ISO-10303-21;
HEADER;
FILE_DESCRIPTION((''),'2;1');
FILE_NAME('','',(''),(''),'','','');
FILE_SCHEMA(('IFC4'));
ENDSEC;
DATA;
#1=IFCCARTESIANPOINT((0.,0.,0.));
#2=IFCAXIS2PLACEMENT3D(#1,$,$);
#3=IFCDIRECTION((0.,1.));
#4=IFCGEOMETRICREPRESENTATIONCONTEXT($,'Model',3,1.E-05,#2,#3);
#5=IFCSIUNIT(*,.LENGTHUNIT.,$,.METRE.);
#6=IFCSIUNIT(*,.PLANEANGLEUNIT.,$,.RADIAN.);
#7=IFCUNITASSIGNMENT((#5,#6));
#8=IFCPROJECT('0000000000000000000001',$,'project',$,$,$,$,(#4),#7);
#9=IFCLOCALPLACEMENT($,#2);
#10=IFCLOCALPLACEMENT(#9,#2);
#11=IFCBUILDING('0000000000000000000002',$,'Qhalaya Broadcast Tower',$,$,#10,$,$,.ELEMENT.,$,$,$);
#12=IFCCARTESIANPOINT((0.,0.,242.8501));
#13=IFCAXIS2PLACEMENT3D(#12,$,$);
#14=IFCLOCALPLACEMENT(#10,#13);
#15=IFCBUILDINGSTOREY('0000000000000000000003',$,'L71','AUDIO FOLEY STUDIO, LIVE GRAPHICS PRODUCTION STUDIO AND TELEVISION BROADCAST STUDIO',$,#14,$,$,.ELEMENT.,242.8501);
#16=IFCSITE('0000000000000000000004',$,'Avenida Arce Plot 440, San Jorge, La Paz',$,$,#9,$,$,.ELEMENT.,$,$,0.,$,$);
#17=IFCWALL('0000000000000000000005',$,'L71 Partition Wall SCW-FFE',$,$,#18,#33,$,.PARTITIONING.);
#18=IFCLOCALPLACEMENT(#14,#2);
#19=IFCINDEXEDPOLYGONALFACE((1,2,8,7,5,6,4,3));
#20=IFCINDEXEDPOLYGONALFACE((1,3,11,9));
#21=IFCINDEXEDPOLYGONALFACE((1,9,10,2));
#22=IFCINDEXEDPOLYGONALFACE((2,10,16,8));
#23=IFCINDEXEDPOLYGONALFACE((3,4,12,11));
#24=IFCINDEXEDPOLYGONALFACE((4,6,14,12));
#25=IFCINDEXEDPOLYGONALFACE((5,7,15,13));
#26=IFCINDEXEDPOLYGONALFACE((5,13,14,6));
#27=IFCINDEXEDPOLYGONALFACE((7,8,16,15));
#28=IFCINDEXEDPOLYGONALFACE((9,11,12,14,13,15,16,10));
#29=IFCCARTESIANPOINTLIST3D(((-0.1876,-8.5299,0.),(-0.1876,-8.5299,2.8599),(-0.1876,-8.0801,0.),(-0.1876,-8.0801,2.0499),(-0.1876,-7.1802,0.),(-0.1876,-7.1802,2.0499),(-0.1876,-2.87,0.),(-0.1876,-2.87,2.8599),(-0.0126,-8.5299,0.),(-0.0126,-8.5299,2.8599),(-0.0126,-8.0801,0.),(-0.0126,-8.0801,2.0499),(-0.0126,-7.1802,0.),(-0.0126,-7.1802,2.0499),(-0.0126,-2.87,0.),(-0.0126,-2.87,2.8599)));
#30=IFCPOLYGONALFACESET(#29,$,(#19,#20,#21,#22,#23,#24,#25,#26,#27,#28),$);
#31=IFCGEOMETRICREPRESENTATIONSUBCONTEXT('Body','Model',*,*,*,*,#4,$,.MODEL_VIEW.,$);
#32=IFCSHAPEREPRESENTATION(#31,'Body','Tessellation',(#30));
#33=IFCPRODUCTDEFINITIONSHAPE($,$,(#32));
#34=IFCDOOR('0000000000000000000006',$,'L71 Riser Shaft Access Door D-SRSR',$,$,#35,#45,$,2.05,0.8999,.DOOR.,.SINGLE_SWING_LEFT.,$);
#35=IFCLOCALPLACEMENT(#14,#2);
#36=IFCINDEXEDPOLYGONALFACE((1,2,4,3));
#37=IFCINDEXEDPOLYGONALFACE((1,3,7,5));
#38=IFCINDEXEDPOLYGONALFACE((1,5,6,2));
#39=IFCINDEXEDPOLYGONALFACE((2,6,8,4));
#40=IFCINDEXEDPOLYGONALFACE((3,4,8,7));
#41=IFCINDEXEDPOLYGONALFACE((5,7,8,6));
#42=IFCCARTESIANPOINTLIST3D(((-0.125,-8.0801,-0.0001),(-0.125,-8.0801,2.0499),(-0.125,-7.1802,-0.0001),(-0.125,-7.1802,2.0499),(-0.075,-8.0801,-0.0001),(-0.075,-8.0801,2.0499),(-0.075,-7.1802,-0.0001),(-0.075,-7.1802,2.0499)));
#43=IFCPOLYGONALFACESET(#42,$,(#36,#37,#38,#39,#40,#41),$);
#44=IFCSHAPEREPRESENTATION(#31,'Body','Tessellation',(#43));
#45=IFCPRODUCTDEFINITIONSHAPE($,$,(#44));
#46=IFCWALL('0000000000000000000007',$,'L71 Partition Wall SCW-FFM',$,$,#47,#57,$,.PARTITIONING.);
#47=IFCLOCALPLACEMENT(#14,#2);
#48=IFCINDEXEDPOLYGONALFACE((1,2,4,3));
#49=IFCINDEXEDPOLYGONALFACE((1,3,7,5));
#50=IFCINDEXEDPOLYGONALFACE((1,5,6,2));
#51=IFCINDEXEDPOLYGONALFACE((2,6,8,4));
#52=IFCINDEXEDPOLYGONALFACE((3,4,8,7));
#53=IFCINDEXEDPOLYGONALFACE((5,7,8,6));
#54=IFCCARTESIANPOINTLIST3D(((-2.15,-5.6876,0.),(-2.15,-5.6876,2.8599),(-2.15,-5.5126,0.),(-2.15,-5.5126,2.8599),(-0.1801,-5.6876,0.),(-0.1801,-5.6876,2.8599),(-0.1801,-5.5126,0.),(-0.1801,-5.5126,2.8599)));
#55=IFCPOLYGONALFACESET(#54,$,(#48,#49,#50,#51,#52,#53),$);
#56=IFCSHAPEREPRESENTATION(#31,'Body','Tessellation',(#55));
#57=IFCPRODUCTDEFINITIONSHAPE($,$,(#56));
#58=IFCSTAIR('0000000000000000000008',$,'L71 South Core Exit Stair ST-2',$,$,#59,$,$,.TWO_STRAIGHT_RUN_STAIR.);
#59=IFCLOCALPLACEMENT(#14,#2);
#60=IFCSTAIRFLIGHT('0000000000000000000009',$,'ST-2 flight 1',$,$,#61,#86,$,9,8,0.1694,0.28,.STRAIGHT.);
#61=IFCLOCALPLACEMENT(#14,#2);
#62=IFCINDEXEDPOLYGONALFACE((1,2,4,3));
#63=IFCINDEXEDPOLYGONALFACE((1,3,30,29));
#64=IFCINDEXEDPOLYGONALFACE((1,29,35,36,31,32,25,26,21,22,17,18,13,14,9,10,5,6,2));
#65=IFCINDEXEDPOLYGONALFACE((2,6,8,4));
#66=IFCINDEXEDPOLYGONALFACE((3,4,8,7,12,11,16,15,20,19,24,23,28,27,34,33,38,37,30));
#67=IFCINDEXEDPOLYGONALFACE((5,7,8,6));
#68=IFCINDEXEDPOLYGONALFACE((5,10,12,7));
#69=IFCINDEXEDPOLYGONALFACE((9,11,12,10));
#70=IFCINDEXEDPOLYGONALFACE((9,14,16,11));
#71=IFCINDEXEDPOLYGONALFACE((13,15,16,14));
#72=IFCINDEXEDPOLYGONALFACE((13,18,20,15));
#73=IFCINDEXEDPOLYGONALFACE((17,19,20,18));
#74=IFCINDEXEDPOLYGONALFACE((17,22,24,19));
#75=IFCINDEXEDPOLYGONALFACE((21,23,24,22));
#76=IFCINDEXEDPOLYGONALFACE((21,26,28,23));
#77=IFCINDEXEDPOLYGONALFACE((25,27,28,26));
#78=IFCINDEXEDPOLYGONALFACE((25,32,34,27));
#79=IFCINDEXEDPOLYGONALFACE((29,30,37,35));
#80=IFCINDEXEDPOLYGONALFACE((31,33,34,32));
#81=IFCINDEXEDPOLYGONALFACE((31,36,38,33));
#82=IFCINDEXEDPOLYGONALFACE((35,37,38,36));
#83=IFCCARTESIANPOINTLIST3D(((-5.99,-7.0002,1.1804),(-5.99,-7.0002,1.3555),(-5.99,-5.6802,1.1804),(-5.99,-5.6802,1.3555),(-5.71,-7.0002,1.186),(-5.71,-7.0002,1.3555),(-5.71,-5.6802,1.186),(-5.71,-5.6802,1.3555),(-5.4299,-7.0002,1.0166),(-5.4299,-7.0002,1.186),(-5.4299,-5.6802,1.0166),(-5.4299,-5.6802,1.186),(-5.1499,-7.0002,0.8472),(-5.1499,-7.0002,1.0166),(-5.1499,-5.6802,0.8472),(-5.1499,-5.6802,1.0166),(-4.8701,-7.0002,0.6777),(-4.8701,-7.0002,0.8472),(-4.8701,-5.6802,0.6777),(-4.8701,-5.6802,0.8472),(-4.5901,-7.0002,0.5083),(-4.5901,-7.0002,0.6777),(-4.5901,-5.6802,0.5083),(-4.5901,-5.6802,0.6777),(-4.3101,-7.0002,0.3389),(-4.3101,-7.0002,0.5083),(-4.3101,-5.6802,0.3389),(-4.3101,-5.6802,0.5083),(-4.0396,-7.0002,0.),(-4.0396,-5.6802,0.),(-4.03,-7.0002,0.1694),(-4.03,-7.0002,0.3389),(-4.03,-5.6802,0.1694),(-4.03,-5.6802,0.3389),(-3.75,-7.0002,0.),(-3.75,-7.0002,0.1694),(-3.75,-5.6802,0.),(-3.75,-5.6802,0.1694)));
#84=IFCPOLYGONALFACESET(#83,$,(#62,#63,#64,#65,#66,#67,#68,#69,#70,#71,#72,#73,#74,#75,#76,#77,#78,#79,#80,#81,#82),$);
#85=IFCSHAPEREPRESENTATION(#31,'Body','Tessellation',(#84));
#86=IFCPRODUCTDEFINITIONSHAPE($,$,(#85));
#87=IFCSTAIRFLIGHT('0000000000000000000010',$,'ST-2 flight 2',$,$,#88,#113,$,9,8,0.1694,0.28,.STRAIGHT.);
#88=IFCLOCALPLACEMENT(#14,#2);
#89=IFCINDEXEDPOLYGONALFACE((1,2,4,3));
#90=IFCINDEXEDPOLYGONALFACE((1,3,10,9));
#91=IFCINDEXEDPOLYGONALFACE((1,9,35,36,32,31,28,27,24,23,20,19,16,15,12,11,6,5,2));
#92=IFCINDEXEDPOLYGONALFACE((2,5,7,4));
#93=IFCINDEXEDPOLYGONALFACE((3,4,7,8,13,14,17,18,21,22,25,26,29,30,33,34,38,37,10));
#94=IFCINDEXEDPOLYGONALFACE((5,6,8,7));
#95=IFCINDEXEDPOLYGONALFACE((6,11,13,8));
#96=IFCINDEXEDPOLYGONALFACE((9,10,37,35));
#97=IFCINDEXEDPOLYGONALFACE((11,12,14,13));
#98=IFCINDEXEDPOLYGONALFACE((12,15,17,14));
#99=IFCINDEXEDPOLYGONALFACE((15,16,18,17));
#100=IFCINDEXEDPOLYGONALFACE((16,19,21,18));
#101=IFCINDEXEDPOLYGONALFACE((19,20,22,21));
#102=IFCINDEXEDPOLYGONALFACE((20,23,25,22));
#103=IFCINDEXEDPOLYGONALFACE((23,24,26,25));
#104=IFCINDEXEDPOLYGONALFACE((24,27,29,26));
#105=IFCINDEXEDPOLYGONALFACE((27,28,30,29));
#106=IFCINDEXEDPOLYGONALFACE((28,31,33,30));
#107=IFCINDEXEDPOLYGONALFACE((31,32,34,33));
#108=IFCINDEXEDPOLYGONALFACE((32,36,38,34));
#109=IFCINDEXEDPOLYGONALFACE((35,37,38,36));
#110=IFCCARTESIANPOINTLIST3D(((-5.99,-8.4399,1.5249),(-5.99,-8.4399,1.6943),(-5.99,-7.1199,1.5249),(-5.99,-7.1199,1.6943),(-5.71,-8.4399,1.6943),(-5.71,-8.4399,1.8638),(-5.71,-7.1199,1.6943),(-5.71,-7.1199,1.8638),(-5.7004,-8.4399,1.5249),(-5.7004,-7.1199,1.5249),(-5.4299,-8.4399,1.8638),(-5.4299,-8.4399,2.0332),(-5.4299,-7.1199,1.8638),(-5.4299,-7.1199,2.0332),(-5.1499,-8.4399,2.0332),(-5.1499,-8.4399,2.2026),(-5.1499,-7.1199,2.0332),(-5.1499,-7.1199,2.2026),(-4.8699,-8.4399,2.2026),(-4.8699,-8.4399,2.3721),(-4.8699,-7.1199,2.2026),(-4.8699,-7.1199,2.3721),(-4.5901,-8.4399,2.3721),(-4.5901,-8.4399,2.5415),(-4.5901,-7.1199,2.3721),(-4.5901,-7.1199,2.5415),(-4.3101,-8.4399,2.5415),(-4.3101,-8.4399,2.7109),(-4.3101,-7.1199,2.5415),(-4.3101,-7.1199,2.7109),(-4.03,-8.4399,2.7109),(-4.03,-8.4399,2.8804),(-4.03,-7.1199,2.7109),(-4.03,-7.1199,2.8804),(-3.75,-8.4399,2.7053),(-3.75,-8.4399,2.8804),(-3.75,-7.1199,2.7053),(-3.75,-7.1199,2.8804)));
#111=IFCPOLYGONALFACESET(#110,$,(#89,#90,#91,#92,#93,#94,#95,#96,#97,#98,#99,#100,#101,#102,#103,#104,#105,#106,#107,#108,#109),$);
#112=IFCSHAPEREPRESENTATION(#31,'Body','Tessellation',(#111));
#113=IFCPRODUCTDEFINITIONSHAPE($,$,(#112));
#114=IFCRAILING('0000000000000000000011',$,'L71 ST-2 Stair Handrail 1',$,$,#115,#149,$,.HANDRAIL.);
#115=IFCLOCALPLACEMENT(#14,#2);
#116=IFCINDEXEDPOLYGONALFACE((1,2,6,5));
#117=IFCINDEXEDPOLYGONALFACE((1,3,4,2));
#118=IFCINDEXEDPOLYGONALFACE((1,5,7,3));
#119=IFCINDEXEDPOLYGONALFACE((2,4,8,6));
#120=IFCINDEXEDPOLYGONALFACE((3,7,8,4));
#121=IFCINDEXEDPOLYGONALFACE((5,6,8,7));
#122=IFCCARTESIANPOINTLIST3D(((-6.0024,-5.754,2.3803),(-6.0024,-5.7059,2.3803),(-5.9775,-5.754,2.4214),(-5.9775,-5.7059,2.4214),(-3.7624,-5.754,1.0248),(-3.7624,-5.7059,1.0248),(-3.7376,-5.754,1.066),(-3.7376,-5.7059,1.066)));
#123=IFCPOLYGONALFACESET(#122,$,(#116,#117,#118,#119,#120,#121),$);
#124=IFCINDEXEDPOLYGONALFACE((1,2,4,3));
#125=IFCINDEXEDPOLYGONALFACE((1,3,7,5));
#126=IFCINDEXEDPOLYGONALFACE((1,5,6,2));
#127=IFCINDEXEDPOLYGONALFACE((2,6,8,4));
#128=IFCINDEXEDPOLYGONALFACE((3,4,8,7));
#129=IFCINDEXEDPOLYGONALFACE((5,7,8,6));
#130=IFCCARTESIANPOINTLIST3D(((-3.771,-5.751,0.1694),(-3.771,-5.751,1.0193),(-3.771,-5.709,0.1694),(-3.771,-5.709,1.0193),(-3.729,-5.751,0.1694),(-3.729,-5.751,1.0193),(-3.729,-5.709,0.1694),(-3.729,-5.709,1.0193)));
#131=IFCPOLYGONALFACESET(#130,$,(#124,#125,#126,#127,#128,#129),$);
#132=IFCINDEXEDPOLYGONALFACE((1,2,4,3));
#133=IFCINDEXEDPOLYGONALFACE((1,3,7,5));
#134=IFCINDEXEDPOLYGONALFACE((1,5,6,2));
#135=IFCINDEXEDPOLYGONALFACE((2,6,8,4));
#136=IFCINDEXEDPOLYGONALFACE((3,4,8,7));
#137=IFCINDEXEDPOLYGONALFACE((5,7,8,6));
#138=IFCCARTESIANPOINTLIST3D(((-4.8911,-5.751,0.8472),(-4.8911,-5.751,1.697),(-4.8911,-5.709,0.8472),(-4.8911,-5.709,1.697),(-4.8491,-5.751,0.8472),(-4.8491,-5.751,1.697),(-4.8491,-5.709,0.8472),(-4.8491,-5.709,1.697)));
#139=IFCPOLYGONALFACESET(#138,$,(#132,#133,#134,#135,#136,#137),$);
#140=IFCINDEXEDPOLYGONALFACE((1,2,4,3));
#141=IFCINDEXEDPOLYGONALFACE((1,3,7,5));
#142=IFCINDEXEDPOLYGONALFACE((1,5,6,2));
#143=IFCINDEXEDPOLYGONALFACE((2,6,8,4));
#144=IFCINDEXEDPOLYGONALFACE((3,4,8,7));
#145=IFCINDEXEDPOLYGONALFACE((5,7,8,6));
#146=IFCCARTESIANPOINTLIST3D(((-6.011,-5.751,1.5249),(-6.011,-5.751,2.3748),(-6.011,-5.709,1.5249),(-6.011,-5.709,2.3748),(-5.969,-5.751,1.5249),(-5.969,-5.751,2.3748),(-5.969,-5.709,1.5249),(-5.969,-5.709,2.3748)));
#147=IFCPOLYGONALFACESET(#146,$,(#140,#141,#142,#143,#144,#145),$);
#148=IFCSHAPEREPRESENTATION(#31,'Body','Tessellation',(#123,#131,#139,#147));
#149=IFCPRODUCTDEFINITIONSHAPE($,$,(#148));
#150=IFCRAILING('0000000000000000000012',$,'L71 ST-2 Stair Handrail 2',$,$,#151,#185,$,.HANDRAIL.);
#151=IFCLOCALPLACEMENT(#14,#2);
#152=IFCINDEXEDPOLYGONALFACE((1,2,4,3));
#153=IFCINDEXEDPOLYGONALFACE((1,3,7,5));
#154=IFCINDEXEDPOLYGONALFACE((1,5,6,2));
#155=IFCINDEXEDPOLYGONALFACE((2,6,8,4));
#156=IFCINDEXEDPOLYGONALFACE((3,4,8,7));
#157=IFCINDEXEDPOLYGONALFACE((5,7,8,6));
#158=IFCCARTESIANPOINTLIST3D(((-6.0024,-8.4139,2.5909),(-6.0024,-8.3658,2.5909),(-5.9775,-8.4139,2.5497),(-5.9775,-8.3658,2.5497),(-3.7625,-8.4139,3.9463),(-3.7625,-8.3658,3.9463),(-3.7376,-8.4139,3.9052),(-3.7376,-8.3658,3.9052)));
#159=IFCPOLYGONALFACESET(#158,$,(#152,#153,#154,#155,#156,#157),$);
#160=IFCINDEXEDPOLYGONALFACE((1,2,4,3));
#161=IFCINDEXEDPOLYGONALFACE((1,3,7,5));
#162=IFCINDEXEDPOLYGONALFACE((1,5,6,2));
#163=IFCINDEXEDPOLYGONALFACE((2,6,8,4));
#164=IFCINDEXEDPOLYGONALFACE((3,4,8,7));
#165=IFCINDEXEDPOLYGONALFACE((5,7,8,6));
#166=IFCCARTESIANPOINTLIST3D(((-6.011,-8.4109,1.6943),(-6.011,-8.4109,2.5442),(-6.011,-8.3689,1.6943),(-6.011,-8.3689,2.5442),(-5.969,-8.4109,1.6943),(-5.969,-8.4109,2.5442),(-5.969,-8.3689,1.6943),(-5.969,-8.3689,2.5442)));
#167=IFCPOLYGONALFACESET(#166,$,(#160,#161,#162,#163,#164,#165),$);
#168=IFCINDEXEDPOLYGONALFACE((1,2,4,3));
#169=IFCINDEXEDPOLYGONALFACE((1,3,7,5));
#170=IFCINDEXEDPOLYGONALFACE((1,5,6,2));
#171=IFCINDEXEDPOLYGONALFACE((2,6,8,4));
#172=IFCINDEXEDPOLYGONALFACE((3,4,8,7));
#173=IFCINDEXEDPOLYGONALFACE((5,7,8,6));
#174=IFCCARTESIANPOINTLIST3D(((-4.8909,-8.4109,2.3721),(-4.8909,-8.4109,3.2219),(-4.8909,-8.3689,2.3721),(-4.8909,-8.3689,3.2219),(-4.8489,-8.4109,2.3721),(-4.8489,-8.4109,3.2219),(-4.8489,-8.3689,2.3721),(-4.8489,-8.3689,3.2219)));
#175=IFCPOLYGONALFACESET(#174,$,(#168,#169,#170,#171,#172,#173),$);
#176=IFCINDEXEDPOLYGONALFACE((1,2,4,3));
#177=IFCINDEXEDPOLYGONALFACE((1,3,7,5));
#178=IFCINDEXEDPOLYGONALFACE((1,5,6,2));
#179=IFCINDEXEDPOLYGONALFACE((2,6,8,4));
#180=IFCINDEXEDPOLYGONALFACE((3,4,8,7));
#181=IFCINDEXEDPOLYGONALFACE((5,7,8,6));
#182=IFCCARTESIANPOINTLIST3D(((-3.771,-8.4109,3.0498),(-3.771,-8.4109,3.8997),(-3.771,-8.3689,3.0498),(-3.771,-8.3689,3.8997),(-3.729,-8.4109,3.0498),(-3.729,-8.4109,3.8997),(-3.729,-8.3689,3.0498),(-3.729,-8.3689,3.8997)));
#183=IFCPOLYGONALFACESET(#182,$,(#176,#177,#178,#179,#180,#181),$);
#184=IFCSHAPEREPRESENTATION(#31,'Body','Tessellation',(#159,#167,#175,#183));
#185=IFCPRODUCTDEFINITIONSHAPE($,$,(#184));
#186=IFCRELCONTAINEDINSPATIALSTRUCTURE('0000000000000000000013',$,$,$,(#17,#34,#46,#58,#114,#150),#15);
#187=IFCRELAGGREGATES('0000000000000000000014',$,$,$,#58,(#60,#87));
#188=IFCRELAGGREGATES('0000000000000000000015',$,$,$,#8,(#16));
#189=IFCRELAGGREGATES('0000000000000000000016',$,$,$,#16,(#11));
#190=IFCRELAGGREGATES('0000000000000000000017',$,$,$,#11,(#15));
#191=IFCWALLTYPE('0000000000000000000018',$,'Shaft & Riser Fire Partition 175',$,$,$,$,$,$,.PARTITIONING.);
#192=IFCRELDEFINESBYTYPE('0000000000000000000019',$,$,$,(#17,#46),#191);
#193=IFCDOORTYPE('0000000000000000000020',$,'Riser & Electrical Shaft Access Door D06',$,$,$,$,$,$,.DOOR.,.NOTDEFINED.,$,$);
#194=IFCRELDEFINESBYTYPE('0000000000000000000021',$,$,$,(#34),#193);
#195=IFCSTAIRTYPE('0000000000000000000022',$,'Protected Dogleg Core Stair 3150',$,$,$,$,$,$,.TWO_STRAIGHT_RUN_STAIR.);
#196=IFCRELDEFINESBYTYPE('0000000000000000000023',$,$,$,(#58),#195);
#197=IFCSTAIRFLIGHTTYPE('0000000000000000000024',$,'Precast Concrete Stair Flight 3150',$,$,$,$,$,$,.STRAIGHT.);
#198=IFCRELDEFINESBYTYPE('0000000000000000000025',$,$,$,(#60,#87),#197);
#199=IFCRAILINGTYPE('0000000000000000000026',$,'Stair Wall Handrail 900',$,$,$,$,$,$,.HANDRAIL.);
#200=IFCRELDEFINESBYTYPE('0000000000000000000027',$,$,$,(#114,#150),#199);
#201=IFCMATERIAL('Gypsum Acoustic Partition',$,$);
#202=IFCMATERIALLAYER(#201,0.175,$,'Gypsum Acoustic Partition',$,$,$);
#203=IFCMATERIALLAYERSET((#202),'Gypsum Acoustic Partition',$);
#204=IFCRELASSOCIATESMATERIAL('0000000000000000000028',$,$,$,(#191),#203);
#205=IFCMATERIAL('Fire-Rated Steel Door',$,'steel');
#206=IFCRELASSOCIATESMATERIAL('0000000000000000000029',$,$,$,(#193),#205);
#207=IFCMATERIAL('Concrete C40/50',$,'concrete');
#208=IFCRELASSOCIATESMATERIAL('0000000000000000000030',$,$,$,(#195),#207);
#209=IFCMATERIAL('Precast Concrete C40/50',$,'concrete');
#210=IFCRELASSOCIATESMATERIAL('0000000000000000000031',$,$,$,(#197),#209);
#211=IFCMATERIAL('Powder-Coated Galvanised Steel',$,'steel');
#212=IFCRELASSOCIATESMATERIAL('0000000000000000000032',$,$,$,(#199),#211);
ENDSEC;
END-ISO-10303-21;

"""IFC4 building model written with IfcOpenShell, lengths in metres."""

from ifc_helpers import new_model, si_unit, direction, frame, frame_2d, origin, origin_2d, place, context, subcontext, project, spatial, polyline, rectangle, outline, extrude, material, layer, layer_set, type_object, element, fill, aggregate, save


model = new_model("IFC4")

# Units and contexts
model_context = context("Model", 3, precision=1e-05, world=origin(), true_north=direction((0.0, 1.0)))
body_context = subcontext(model_context, "Body", "Model", "MODEL_VIEW")
ifc_project = project(units=[si_unit("LENGTHUNIT", "METRE"), si_unit("PLANEANGLEUNIT", "RADIAN")], contexts=[model_context])

# Site, building, storey
site_placement = place(None, origin())
site = spatial("IfcSite", under=ifc_project, at=site_placement, Name="Avenida Arce Plot 440, San Jorge, La Paz", CompositionType="ELEMENT", RefElevation=0.0)
building_placement = place(site_placement, origin())
building = spatial("IfcBuilding", under=site, at=building_placement, Name="Qhalaya Broadcast Tower", CompositionType="ELEMENT")
storey_placement = place(building_placement, frame((0.0, 0.0, 242.8501)))
storey = spatial("IfcBuildingStorey", under=building, at=storey_placement, Name="L71", Description="AUDIO FOLEY STUDIO, LIVE GRAPHICS PRODUCTION STUDIO AND TELEVISION BROADCAST STUDIO", CompositionType="ELEMENT", Elevation=242.8501)

# Shared definitions
ifc_material_1 = material(Name="Gypsum Acoustic Partition")

# Wall, opening, door
ifc_layer_1 = layer(ifc_material_1, 0.175, Name="Gypsum Acoustic Partition")
ifc_layer_set_1 = layer_set([ifc_layer_1], Name="Gypsum Acoustic Partition")
wall_type_1 = type_object("IfcWallType", Name="Shaft & Riser Fire Partition 175", PredefinedType="PARTITIONING", material=ifc_layer_set_1)
wall_1_placement = place(storey_placement, frame((-0.1001, -8.53, 0.0), z_axis=(0.0, 0.0, 1.0), x_axis=(0.0, 1.0, 0.0)))
wall_1 = element("IfcWall", 1, at=wall_1_placement, inside=storey, type_object=wall_type_1, Name="L71 Partition Wall SCW-FFE", PredefinedType="PARTITIONING", context=body_context, shape_type="SweptSolid", body=[
    extrude(rectangle(XDim=5.6599, YDim=0.175, at=frame_2d((2.8301, 0.0))), origin(), (0.0, 0.0, 1.0), 2.8599),
])
opening_1_placement = place(wall_1_placement, frame((0.45, 0.0, 0.0)))
opening_1 = element("IfcOpeningElement", 2, at=opening_1_placement, cuts=wall_1, PredefinedType="OPENING", context=body_context, shape_type="SweptSolid", body=[
    extrude(rectangle(XDim=0.8999, YDim=2.05, at=frame_2d((0.45, 1.0249))), frame((0.0, 0.0996, 0.0), z_axis=(0.0, -1.0, 0.0), x_axis=(1.0, 0.0, 0.0)), (0.0, 0.0, 1.0), 0.199),
])
ifc_material_2 = material(Name="Fire-Rated Steel Door", Category="steel")
door_type_1 = type_object("IfcDoorType", Name="Riser & Electrical Shaft Access Door D06", OperationType="NOTDEFINED", PredefinedType="DOOR", material=ifc_material_2)
door_1_placement = place(opening_1_placement, origin())
door_1 = element("IfcDoor", 3, at=door_1_placement, inside=storey, type_object=door_type_1, Name="L71 Riser Shaft Access Door D-SRSR", OperationType="SINGLE_SWING_LEFT", OverallHeight=2.05, OverallWidth=0.8999, PredefinedType="DOOR", context=body_context, shape_type="SweptSolid", body=[
    extrude(rectangle(XDim=0.8999, YDim=2.05, at=frame_2d((0.45, 1.0249))), frame((0.0, 0.0249, 0.0), z_axis=(0.0, -1.0, 0.0), x_axis=(1.0, 0.0, 0.0)), (0.0, 0.0, 1.0), 0.05),
])
fill(opening_1, door_1)

# Wall
wall_2_placement = place(storey_placement, frame((-2.1499, -5.6001, 0.0), z_axis=(0.0, 0.0, 1.0), x_axis=(1.0, 0.0, 0.0)))
element("IfcWall", 4, at=wall_2_placement, inside=storey, type_object=wall_type_1, Name="L71 Partition Wall SCW-FFM", PredefinedType="PARTITIONING", context=body_context, shape_type="SweptSolid", body=[
    extrude(rectangle(XDim=1.97, YDim=0.175, at=frame_2d((0.9849, 0.0))), origin(), (0.0, 0.0, 1.0), 2.8599),
])

# Stair, stair flights
ifc_material_3 = material(Name="Concrete C40/50", Category="concrete")
stair_type = type_object("IfcStairType", Name="Protected Dogleg Core Stair 3150", PredefinedType="TWO_STRAIGHT_RUN_STAIR", material=ifc_material_3)
stair_placement = place(storey_placement, origin())
stair = element("IfcStair", 5, at=stair_placement, inside=storey, type_object=stair_type, Name="L71 South Core Exit Stair ST-2", PredefinedType="TWO_STRAIGHT_RUN_STAIR")
ifc_material_4 = material(Name="Precast Concrete C40/50", Category="concrete")
stair_flight_type = type_object("IfcStairFlightType", Name="Precast Concrete Stair Flight 3150", PredefinedType="STRAIGHT", material=ifc_material_4)
stair_flight_1_placement = place(storey_placement, frame((-3.75, -6.3401, 0.0), z_axis=(0.0, 0.0, 1.0), x_axis=(-1.0, 0.0, 0.0)))
stair_flight_1 = element("IfcStairFlight", 6, at=stair_flight_1_placement, type_object=stair_flight_type, Name="ST-2 flight 1", NumberOfRisers=9, NumberOfTreads=8, PredefinedType="STRAIGHT", RiserHeight=0.1694, TreadLength=0.28, context=body_context, shape_type="SweptSolid", body=[
    extrude(outline(polyline([(0.0, 0.0), (0.0, 0.1694), (0.28, 0.1694), (0.28, 0.3389), (0.5601, 0.3389), (0.5601, 0.5083), (0.8401, 0.5083), (0.8401, 0.6777), (1.1201, 0.6777), (1.1201, 0.8472), (1.3999, 0.8472), (1.3999, 1.0166), (1.6799, 1.0166), (1.6799, 1.186), (1.96, 1.186), (1.96, 1.3555), (2.24, 1.3555), (2.24, 1.5249), (2.24, 1.1804), (0.2896, 0.0), (0.0, 0.0)])), frame((0.0, 0.6602, 0.0), z_axis=(0.0, -1.0, 0.0), x_axis=(1.0, 0.0, 0.0)), (0.0, 0.0, 1.0), 1.3201),
])
stair_flight_2_placement = place(storey_placement, frame((-5.99, -7.78, 1.5249), z_axis=(0.0, 0.0, 1.0), x_axis=(1.0, 0.0, 0.0)))
stair_flight_2 = element("IfcStairFlight", 7, at=stair_flight_2_placement, type_object=stair_flight_type, Name="ST-2 flight 2", NumberOfRisers=9, NumberOfTreads=8, PredefinedType="STRAIGHT", RiserHeight=0.1694, TreadLength=0.28, context=body_context, shape_type="SweptSolid", body=[
    extrude(outline(polyline([(0.0, 0.0), (0.0, 0.1694), (0.28, 0.1694), (0.28, 0.3389), (0.5601, 0.3389), (0.5601, 0.5083), (0.8401, 0.5083), (0.8401, 0.6777), (1.1201, 0.6777), (1.1201, 0.8472), (1.3999, 0.8472), (1.3999, 1.0166), (1.6799, 1.0166), (1.6799, 1.186), (1.96, 1.186), (1.96, 1.3555), (2.24, 1.3555), (2.24, 1.5249), (2.24, 1.1804), (0.2896, 0.0), (0.0, 0.0)])), frame((0.0, 0.6602, 0.0), z_axis=(0.0, -1.0, 0.0), x_axis=(1.0, 0.0, 0.0)), (0.0, 0.0, 1.0), 1.3201),
])
aggregate(stair, [stair_flight_1, stair_flight_2])

# Railings
ifc_material_5 = material(Name="Powder-Coated Galvanised Steel", Category="steel")
railing_type_1 = type_object("IfcRailingType", Name="Stair Wall Handrail 900", PredefinedType="HANDRAIL", material=ifc_material_5)
railing_1_placement = place(storey_placement, frame((-3.75, -5.73, 0.1694)))
element("IfcRailing", 8, at=railing_1_placement, inside=storey, type_object=railing_type_1, Name="L71 ST-2 Stair Handrail 1", PredefinedType="HANDRAIL", context=body_context, shape_type="SweptSolid", body=[
    extrude(rectangle(XDim=0.0481, YDim=0.0481, at=origin_2d()), frame((0.0, 0.0, 0.876), z_axis=(-0.855553, 0.0, 0.517715), x_axis=(0.0, -1.0, 0.0)), (0.0, 0.0, 1.0), 2.6182),
    extrude(rectangle(XDim=0.042, YDim=0.042, at=origin_2d()), origin(), (0.0, 0.0, 1.0), 0.8499),
    extrude(rectangle(XDim=0.042, YDim=0.042, at=origin_2d()), frame((-1.1201, 0.0, 0.6777)), (0.0, 0.0, 1.0), 0.8499),
    extrude(rectangle(XDim=0.042, YDim=0.042, at=origin_2d()), frame((-2.24, 0.0, 1.3555)), (0.0, 0.0, 1.0), 0.8499),
])
railing_2_placement = place(storey_placement, frame((-5.99, -8.3899, 1.6943)))
element("IfcRailing", 9, at=railing_2_placement, inside=storey, type_object=railing_type_1, Name="L71 ST-2 Stair Handrail 2", PredefinedType="HANDRAIL", context=body_context, shape_type="SweptSolid", body=[
    extrude(rectangle(XDim=0.0481, YDim=0.0481, at=origin_2d()), frame((0.0, 0.0, 0.876), z_axis=(0.855553, 0.0, 0.517715), x_axis=(0.0, 1.0, 0.0)), (0.0, 0.0, 1.0), 2.6182),
    extrude(rectangle(XDim=0.042, YDim=0.042, at=origin_2d()), origin(), (0.0, 0.0, 1.0), 0.8499),
    extrude(rectangle(XDim=0.042, YDim=0.042, at=origin_2d()), frame((1.1201, 0.0, 0.6777)), (0.0, 0.0, 1.0), 0.8499),
    extrude(rectangle(XDim=0.042, YDim=0.042, at=origin_2d()), frame((2.24, 0.0, 1.3555)), (0.0, 0.0, 1.0), 0.8499),
])

save(model, "model.ifc")
